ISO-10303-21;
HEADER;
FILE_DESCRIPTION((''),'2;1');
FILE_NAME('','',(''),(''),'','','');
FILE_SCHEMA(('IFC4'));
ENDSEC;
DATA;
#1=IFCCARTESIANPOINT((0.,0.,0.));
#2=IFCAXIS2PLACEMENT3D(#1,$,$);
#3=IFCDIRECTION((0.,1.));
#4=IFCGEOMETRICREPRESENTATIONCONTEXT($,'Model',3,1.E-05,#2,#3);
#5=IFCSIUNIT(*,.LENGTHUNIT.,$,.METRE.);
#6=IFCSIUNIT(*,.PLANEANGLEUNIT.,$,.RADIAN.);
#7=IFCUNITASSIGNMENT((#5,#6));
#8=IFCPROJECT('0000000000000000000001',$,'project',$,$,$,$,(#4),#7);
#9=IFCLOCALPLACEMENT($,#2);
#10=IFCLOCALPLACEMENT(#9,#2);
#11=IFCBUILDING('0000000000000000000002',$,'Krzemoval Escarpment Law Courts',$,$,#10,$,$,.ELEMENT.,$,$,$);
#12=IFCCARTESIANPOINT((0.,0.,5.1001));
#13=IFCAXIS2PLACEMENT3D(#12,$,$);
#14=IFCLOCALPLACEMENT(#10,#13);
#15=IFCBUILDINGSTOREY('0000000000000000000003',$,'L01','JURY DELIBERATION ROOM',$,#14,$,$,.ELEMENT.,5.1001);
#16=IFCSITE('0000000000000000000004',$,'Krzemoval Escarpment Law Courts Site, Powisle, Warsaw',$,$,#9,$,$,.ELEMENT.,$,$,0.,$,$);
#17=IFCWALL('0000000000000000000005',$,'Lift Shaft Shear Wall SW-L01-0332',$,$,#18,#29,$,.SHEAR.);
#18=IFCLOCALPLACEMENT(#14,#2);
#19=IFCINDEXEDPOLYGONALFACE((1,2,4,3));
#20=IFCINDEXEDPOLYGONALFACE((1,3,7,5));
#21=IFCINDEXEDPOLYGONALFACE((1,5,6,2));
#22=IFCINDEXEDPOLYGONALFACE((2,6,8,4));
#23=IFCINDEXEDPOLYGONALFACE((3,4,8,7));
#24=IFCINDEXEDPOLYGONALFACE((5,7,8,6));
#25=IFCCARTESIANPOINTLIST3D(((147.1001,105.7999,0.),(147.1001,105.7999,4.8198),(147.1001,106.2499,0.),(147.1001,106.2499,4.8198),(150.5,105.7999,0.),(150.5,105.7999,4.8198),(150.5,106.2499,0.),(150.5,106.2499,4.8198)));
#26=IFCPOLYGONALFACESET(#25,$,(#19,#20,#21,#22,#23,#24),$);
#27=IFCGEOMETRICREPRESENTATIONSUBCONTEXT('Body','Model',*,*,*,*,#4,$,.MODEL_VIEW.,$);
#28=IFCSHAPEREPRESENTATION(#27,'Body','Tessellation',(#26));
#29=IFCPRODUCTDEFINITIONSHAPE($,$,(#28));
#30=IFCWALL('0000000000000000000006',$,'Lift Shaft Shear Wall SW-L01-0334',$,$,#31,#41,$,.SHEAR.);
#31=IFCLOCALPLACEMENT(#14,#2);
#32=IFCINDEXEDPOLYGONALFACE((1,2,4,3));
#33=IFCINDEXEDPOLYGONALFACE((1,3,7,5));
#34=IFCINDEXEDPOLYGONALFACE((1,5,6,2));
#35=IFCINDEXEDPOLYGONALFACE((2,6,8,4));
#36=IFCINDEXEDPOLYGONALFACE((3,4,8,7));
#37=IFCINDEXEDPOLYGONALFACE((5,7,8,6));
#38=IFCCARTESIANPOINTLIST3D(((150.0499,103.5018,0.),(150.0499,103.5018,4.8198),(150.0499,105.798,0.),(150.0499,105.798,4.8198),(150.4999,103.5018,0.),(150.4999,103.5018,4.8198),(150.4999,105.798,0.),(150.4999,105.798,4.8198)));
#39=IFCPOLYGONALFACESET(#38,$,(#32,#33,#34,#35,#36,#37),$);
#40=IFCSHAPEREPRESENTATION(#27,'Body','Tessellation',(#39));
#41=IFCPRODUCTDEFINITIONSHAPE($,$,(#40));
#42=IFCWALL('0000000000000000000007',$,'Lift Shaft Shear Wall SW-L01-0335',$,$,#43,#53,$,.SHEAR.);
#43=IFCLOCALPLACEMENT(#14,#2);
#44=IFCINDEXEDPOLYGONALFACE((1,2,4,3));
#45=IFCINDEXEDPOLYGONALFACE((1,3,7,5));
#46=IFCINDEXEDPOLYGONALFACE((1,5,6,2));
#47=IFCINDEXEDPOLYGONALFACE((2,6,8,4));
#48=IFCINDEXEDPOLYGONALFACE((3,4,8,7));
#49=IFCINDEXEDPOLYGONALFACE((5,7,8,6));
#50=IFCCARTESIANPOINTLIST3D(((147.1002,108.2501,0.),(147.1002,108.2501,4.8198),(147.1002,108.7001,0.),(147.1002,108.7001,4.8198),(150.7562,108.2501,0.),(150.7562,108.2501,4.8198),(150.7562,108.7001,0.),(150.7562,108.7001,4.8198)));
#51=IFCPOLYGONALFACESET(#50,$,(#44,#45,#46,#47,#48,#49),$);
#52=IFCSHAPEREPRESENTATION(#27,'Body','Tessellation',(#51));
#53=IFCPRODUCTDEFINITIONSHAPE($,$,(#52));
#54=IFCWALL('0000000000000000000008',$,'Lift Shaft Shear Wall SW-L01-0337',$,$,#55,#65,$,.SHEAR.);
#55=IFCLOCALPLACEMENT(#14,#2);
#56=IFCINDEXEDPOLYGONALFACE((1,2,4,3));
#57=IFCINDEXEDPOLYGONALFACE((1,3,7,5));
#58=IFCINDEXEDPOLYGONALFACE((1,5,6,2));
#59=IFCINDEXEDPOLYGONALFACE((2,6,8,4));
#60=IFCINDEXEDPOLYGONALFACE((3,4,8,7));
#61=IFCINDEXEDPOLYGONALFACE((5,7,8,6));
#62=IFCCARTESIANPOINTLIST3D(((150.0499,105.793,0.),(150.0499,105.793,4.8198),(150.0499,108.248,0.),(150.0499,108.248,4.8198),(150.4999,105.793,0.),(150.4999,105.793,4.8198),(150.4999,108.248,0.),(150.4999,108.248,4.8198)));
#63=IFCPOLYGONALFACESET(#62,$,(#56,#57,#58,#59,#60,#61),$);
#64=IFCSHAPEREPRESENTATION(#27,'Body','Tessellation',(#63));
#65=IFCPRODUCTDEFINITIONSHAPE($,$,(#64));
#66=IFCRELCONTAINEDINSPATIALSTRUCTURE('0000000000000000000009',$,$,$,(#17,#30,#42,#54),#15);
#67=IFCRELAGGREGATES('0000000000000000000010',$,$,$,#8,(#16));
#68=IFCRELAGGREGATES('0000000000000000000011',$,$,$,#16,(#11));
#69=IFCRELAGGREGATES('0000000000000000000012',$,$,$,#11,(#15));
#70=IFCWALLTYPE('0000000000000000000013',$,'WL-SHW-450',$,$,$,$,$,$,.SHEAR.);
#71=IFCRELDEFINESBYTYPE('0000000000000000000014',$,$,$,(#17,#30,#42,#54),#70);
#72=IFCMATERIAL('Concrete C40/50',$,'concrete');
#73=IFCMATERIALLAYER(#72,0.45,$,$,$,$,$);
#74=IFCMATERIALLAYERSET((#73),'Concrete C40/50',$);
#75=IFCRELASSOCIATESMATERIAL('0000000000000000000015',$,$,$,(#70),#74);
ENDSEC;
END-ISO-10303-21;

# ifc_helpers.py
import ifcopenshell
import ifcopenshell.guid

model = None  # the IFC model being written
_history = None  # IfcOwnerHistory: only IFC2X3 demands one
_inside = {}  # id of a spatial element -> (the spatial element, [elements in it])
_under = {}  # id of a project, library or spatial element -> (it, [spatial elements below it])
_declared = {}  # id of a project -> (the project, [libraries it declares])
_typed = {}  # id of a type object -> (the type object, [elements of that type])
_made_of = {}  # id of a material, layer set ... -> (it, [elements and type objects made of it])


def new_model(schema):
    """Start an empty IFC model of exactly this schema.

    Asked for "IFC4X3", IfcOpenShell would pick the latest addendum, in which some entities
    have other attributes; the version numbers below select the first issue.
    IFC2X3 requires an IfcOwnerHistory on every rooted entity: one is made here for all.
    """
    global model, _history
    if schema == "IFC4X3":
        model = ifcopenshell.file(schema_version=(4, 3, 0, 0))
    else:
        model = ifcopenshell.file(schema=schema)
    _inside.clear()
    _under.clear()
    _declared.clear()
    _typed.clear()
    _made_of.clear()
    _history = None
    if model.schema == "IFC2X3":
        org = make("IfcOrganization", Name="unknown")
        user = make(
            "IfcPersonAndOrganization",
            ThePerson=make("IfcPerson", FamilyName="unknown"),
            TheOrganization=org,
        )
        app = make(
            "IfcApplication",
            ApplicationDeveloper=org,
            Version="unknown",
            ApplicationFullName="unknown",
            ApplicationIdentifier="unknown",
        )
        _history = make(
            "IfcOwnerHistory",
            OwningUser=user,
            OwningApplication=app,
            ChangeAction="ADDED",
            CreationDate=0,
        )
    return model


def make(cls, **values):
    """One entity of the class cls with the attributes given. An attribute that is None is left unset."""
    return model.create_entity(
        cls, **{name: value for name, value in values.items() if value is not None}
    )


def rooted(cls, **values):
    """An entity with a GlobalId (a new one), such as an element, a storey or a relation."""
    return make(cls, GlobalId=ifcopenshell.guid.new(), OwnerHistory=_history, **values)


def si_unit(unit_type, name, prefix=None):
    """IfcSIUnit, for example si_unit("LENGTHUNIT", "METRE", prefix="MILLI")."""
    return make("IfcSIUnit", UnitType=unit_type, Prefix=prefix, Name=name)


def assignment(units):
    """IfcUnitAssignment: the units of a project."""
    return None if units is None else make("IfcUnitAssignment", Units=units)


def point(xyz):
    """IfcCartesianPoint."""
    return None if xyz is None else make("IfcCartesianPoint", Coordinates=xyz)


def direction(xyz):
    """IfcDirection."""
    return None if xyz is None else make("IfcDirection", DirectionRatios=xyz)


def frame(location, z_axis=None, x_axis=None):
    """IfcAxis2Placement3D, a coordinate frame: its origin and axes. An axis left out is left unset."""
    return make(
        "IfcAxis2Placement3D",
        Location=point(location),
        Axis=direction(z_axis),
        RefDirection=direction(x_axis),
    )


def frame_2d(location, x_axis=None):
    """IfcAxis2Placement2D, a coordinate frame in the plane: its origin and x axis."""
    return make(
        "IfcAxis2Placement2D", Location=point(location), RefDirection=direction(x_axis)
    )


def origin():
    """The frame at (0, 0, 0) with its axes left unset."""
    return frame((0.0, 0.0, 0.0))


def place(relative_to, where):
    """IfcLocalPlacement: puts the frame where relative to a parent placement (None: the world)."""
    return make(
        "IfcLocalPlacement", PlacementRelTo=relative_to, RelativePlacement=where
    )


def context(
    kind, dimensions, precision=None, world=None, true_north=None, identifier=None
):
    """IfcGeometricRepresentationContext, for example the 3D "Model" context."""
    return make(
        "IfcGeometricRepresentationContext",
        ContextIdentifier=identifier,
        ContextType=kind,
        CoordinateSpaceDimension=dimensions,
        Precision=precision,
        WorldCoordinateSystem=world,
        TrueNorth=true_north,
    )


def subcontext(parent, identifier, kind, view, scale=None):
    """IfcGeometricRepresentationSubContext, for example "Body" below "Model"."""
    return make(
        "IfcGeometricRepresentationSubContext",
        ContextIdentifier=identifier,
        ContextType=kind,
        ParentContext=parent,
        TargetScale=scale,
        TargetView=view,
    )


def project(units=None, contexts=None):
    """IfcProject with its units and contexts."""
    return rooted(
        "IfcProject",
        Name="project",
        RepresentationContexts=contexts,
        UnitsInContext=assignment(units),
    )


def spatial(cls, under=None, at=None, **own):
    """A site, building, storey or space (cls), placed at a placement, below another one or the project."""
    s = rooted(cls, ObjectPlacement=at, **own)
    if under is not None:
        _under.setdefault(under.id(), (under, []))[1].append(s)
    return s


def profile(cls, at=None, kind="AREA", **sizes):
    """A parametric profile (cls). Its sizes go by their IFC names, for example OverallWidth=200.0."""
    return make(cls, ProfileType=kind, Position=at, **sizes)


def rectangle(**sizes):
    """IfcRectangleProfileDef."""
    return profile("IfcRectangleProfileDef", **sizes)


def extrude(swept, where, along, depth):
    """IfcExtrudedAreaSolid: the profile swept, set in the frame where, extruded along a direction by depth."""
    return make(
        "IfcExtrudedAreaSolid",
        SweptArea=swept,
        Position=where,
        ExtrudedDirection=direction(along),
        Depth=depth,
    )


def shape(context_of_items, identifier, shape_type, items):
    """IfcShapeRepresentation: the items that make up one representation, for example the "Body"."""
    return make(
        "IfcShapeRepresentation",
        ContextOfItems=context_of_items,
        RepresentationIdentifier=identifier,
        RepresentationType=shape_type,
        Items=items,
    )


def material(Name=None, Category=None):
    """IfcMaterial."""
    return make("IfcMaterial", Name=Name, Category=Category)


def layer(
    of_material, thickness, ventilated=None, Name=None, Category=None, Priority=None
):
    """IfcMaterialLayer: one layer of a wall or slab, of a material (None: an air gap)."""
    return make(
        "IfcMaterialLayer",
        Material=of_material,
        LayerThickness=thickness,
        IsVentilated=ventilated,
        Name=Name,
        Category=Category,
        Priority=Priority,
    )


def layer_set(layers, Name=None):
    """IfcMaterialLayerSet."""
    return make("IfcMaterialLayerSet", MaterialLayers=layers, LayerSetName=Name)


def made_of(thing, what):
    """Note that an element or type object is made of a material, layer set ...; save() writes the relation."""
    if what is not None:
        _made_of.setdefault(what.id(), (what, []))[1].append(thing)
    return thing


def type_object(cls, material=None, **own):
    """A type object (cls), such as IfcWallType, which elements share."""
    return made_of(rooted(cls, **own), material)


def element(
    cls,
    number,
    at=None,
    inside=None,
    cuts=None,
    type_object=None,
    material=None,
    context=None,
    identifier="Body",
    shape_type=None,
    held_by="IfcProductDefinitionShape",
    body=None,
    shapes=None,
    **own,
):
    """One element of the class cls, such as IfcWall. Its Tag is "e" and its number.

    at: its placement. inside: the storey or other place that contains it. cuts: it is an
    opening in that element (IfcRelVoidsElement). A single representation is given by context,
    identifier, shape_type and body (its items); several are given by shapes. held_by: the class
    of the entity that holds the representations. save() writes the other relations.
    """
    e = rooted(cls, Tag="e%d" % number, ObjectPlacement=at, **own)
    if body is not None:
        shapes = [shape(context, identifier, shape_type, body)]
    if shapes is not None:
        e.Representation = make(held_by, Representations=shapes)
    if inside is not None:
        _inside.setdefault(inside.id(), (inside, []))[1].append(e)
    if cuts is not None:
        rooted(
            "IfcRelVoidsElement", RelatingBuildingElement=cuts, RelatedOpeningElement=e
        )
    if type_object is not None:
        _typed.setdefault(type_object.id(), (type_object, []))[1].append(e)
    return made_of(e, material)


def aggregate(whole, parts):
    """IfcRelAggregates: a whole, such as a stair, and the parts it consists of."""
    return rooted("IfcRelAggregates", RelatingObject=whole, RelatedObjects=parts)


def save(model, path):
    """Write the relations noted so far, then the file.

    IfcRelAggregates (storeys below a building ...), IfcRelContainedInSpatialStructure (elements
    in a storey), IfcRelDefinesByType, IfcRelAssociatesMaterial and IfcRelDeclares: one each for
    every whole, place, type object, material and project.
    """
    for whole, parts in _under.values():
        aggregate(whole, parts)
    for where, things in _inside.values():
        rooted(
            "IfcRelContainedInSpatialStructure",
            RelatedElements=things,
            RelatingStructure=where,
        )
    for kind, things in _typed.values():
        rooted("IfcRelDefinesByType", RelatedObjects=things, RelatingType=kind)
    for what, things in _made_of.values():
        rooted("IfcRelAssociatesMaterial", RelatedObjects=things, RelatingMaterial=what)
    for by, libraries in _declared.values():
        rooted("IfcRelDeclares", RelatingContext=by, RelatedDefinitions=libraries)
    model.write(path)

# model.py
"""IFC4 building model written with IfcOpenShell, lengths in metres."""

from ifc_helpers import new_model, si_unit, direction, frame, frame_2d, origin, place, context, subcontext, project, spatial, rectangle, extrude, material, layer, layer_set, type_object, element, save


model = new_model("IFC4")

# Units and contexts
model_context = context("Model", 3, precision=1e-05, world=origin(), true_north=direction((0.0, 1.0)))
body_context = subcontext(model_context, "Body", "Model", "MODEL_VIEW")
ifc_project = project(units=[si_unit("LENGTHUNIT", "METRE"), si_unit("PLANEANGLEUNIT", "RADIAN")], contexts=[model_context])

# Site, building, storey
site_placement = place(None, origin())
site = spatial("IfcSite", under=ifc_project, at=site_placement, Name="Krzemoval Escarpment Law Courts Site, Powisle, Warsaw", CompositionType="ELEMENT", RefElevation=0.0)
building_placement = place(site_placement, origin())
building = spatial("IfcBuilding", under=site, at=building_placement, Name="Krzemoval Escarpment Law Courts", CompositionType="ELEMENT")
storey_placement = place(building_placement, frame((0.0, 0.0, 5.1001)))
storey = spatial("IfcBuildingStorey", under=building, at=storey_placement, Name="L01", Description="JURY DELIBERATION ROOM", CompositionType="ELEMENT", Elevation=5.1001)

# Shared definitions
ifc_material_1 = material(Name="Concrete C40/50", Category="concrete")
ifc_layer_1 = layer(ifc_material_1, 0.45)
ifc_layer_set_1 = layer_set([ifc_layer_1], Name="Concrete C40/50")
wall_type_1 = type_object("IfcWallType", Name="WL-SHW-450", PredefinedType="SHEAR", material=ifc_layer_set_1)

# Walls
wall_1_placement = place(storey_placement, frame((147.1001, 106.0249, 0.0), z_axis=(0.0, 0.0, 1.0), x_axis=(1.0, 0.0, 0.0)))
element("IfcWall", 1, at=wall_1_placement, inside=storey, type_object=wall_type_1, Name="Lift Shaft Shear Wall SW-L01-0332", PredefinedType="SHEAR", context=body_context, shape_type="SweptSolid", body=[
    extrude(rectangle(XDim=3.3999, YDim=0.45, at=frame_2d((1.7, 0.0))), origin(), (0.0, 0.0, 1.0), 4.8198),
])
wall_2_placement = place(storey_placement, frame((150.2749, 103.502, 0.0), z_axis=(0.0, 0.0, 1.0), x_axis=(0.0, 1.0, 0.0)))
element("IfcWall", 2, at=wall_2_placement, inside=storey, type_object=wall_type_1, Name="Lift Shaft Shear Wall SW-L01-0334", PredefinedType="SHEAR", context=body_context, shape_type="SweptSolid", body=[
    extrude(rectangle(XDim=2.2961, YDim=0.45, at=frame_2d((1.1479, 0.0))), origin(), (0.0, 0.0, 1.0), 4.8198),
])
wall_3_placement = place(storey_placement, frame((147.1001, 108.4751, 0.0), z_axis=(0.0, 0.0, 1.0), x_axis=(1.0, 0.0, 0.0)))
element("IfcWall", 3, at=wall_3_placement, inside=storey, type_object=wall_type_1, Name="Lift Shaft Shear Wall SW-L01-0335", PredefinedType="SHEAR", context=body_context, shape_type="SweptSolid", body=[
    extrude(rectangle(XDim=3.656, YDim=0.45, at=frame_2d((1.8281, 0.0))), origin(), (0.0, 0.0, 1.0), 4.8198),
])

# Wall
wall_4_placement = place(storey_placement, frame((150.2749, 105.793, 0.0), z_axis=(0.0, 0.0, 1.0), x_axis=(0.0, 1.0, 0.0)))
element("IfcWall", 4, at=wall_4_placement, inside=storey, type_object=wall_type_1, Name="Lift Shaft Shear Wall SW-L01-0337", PredefinedType="SHEAR", context=body_context, shape_type="SweptSolid", body=[
    extrude(rectangle(XDim=2.4551, YDim=0.45, at=frame_2d((1.2275, 0.0))), origin(), (0.0, 0.0, 1.0), 4.8198),
])

save(model, "model.ifc")
